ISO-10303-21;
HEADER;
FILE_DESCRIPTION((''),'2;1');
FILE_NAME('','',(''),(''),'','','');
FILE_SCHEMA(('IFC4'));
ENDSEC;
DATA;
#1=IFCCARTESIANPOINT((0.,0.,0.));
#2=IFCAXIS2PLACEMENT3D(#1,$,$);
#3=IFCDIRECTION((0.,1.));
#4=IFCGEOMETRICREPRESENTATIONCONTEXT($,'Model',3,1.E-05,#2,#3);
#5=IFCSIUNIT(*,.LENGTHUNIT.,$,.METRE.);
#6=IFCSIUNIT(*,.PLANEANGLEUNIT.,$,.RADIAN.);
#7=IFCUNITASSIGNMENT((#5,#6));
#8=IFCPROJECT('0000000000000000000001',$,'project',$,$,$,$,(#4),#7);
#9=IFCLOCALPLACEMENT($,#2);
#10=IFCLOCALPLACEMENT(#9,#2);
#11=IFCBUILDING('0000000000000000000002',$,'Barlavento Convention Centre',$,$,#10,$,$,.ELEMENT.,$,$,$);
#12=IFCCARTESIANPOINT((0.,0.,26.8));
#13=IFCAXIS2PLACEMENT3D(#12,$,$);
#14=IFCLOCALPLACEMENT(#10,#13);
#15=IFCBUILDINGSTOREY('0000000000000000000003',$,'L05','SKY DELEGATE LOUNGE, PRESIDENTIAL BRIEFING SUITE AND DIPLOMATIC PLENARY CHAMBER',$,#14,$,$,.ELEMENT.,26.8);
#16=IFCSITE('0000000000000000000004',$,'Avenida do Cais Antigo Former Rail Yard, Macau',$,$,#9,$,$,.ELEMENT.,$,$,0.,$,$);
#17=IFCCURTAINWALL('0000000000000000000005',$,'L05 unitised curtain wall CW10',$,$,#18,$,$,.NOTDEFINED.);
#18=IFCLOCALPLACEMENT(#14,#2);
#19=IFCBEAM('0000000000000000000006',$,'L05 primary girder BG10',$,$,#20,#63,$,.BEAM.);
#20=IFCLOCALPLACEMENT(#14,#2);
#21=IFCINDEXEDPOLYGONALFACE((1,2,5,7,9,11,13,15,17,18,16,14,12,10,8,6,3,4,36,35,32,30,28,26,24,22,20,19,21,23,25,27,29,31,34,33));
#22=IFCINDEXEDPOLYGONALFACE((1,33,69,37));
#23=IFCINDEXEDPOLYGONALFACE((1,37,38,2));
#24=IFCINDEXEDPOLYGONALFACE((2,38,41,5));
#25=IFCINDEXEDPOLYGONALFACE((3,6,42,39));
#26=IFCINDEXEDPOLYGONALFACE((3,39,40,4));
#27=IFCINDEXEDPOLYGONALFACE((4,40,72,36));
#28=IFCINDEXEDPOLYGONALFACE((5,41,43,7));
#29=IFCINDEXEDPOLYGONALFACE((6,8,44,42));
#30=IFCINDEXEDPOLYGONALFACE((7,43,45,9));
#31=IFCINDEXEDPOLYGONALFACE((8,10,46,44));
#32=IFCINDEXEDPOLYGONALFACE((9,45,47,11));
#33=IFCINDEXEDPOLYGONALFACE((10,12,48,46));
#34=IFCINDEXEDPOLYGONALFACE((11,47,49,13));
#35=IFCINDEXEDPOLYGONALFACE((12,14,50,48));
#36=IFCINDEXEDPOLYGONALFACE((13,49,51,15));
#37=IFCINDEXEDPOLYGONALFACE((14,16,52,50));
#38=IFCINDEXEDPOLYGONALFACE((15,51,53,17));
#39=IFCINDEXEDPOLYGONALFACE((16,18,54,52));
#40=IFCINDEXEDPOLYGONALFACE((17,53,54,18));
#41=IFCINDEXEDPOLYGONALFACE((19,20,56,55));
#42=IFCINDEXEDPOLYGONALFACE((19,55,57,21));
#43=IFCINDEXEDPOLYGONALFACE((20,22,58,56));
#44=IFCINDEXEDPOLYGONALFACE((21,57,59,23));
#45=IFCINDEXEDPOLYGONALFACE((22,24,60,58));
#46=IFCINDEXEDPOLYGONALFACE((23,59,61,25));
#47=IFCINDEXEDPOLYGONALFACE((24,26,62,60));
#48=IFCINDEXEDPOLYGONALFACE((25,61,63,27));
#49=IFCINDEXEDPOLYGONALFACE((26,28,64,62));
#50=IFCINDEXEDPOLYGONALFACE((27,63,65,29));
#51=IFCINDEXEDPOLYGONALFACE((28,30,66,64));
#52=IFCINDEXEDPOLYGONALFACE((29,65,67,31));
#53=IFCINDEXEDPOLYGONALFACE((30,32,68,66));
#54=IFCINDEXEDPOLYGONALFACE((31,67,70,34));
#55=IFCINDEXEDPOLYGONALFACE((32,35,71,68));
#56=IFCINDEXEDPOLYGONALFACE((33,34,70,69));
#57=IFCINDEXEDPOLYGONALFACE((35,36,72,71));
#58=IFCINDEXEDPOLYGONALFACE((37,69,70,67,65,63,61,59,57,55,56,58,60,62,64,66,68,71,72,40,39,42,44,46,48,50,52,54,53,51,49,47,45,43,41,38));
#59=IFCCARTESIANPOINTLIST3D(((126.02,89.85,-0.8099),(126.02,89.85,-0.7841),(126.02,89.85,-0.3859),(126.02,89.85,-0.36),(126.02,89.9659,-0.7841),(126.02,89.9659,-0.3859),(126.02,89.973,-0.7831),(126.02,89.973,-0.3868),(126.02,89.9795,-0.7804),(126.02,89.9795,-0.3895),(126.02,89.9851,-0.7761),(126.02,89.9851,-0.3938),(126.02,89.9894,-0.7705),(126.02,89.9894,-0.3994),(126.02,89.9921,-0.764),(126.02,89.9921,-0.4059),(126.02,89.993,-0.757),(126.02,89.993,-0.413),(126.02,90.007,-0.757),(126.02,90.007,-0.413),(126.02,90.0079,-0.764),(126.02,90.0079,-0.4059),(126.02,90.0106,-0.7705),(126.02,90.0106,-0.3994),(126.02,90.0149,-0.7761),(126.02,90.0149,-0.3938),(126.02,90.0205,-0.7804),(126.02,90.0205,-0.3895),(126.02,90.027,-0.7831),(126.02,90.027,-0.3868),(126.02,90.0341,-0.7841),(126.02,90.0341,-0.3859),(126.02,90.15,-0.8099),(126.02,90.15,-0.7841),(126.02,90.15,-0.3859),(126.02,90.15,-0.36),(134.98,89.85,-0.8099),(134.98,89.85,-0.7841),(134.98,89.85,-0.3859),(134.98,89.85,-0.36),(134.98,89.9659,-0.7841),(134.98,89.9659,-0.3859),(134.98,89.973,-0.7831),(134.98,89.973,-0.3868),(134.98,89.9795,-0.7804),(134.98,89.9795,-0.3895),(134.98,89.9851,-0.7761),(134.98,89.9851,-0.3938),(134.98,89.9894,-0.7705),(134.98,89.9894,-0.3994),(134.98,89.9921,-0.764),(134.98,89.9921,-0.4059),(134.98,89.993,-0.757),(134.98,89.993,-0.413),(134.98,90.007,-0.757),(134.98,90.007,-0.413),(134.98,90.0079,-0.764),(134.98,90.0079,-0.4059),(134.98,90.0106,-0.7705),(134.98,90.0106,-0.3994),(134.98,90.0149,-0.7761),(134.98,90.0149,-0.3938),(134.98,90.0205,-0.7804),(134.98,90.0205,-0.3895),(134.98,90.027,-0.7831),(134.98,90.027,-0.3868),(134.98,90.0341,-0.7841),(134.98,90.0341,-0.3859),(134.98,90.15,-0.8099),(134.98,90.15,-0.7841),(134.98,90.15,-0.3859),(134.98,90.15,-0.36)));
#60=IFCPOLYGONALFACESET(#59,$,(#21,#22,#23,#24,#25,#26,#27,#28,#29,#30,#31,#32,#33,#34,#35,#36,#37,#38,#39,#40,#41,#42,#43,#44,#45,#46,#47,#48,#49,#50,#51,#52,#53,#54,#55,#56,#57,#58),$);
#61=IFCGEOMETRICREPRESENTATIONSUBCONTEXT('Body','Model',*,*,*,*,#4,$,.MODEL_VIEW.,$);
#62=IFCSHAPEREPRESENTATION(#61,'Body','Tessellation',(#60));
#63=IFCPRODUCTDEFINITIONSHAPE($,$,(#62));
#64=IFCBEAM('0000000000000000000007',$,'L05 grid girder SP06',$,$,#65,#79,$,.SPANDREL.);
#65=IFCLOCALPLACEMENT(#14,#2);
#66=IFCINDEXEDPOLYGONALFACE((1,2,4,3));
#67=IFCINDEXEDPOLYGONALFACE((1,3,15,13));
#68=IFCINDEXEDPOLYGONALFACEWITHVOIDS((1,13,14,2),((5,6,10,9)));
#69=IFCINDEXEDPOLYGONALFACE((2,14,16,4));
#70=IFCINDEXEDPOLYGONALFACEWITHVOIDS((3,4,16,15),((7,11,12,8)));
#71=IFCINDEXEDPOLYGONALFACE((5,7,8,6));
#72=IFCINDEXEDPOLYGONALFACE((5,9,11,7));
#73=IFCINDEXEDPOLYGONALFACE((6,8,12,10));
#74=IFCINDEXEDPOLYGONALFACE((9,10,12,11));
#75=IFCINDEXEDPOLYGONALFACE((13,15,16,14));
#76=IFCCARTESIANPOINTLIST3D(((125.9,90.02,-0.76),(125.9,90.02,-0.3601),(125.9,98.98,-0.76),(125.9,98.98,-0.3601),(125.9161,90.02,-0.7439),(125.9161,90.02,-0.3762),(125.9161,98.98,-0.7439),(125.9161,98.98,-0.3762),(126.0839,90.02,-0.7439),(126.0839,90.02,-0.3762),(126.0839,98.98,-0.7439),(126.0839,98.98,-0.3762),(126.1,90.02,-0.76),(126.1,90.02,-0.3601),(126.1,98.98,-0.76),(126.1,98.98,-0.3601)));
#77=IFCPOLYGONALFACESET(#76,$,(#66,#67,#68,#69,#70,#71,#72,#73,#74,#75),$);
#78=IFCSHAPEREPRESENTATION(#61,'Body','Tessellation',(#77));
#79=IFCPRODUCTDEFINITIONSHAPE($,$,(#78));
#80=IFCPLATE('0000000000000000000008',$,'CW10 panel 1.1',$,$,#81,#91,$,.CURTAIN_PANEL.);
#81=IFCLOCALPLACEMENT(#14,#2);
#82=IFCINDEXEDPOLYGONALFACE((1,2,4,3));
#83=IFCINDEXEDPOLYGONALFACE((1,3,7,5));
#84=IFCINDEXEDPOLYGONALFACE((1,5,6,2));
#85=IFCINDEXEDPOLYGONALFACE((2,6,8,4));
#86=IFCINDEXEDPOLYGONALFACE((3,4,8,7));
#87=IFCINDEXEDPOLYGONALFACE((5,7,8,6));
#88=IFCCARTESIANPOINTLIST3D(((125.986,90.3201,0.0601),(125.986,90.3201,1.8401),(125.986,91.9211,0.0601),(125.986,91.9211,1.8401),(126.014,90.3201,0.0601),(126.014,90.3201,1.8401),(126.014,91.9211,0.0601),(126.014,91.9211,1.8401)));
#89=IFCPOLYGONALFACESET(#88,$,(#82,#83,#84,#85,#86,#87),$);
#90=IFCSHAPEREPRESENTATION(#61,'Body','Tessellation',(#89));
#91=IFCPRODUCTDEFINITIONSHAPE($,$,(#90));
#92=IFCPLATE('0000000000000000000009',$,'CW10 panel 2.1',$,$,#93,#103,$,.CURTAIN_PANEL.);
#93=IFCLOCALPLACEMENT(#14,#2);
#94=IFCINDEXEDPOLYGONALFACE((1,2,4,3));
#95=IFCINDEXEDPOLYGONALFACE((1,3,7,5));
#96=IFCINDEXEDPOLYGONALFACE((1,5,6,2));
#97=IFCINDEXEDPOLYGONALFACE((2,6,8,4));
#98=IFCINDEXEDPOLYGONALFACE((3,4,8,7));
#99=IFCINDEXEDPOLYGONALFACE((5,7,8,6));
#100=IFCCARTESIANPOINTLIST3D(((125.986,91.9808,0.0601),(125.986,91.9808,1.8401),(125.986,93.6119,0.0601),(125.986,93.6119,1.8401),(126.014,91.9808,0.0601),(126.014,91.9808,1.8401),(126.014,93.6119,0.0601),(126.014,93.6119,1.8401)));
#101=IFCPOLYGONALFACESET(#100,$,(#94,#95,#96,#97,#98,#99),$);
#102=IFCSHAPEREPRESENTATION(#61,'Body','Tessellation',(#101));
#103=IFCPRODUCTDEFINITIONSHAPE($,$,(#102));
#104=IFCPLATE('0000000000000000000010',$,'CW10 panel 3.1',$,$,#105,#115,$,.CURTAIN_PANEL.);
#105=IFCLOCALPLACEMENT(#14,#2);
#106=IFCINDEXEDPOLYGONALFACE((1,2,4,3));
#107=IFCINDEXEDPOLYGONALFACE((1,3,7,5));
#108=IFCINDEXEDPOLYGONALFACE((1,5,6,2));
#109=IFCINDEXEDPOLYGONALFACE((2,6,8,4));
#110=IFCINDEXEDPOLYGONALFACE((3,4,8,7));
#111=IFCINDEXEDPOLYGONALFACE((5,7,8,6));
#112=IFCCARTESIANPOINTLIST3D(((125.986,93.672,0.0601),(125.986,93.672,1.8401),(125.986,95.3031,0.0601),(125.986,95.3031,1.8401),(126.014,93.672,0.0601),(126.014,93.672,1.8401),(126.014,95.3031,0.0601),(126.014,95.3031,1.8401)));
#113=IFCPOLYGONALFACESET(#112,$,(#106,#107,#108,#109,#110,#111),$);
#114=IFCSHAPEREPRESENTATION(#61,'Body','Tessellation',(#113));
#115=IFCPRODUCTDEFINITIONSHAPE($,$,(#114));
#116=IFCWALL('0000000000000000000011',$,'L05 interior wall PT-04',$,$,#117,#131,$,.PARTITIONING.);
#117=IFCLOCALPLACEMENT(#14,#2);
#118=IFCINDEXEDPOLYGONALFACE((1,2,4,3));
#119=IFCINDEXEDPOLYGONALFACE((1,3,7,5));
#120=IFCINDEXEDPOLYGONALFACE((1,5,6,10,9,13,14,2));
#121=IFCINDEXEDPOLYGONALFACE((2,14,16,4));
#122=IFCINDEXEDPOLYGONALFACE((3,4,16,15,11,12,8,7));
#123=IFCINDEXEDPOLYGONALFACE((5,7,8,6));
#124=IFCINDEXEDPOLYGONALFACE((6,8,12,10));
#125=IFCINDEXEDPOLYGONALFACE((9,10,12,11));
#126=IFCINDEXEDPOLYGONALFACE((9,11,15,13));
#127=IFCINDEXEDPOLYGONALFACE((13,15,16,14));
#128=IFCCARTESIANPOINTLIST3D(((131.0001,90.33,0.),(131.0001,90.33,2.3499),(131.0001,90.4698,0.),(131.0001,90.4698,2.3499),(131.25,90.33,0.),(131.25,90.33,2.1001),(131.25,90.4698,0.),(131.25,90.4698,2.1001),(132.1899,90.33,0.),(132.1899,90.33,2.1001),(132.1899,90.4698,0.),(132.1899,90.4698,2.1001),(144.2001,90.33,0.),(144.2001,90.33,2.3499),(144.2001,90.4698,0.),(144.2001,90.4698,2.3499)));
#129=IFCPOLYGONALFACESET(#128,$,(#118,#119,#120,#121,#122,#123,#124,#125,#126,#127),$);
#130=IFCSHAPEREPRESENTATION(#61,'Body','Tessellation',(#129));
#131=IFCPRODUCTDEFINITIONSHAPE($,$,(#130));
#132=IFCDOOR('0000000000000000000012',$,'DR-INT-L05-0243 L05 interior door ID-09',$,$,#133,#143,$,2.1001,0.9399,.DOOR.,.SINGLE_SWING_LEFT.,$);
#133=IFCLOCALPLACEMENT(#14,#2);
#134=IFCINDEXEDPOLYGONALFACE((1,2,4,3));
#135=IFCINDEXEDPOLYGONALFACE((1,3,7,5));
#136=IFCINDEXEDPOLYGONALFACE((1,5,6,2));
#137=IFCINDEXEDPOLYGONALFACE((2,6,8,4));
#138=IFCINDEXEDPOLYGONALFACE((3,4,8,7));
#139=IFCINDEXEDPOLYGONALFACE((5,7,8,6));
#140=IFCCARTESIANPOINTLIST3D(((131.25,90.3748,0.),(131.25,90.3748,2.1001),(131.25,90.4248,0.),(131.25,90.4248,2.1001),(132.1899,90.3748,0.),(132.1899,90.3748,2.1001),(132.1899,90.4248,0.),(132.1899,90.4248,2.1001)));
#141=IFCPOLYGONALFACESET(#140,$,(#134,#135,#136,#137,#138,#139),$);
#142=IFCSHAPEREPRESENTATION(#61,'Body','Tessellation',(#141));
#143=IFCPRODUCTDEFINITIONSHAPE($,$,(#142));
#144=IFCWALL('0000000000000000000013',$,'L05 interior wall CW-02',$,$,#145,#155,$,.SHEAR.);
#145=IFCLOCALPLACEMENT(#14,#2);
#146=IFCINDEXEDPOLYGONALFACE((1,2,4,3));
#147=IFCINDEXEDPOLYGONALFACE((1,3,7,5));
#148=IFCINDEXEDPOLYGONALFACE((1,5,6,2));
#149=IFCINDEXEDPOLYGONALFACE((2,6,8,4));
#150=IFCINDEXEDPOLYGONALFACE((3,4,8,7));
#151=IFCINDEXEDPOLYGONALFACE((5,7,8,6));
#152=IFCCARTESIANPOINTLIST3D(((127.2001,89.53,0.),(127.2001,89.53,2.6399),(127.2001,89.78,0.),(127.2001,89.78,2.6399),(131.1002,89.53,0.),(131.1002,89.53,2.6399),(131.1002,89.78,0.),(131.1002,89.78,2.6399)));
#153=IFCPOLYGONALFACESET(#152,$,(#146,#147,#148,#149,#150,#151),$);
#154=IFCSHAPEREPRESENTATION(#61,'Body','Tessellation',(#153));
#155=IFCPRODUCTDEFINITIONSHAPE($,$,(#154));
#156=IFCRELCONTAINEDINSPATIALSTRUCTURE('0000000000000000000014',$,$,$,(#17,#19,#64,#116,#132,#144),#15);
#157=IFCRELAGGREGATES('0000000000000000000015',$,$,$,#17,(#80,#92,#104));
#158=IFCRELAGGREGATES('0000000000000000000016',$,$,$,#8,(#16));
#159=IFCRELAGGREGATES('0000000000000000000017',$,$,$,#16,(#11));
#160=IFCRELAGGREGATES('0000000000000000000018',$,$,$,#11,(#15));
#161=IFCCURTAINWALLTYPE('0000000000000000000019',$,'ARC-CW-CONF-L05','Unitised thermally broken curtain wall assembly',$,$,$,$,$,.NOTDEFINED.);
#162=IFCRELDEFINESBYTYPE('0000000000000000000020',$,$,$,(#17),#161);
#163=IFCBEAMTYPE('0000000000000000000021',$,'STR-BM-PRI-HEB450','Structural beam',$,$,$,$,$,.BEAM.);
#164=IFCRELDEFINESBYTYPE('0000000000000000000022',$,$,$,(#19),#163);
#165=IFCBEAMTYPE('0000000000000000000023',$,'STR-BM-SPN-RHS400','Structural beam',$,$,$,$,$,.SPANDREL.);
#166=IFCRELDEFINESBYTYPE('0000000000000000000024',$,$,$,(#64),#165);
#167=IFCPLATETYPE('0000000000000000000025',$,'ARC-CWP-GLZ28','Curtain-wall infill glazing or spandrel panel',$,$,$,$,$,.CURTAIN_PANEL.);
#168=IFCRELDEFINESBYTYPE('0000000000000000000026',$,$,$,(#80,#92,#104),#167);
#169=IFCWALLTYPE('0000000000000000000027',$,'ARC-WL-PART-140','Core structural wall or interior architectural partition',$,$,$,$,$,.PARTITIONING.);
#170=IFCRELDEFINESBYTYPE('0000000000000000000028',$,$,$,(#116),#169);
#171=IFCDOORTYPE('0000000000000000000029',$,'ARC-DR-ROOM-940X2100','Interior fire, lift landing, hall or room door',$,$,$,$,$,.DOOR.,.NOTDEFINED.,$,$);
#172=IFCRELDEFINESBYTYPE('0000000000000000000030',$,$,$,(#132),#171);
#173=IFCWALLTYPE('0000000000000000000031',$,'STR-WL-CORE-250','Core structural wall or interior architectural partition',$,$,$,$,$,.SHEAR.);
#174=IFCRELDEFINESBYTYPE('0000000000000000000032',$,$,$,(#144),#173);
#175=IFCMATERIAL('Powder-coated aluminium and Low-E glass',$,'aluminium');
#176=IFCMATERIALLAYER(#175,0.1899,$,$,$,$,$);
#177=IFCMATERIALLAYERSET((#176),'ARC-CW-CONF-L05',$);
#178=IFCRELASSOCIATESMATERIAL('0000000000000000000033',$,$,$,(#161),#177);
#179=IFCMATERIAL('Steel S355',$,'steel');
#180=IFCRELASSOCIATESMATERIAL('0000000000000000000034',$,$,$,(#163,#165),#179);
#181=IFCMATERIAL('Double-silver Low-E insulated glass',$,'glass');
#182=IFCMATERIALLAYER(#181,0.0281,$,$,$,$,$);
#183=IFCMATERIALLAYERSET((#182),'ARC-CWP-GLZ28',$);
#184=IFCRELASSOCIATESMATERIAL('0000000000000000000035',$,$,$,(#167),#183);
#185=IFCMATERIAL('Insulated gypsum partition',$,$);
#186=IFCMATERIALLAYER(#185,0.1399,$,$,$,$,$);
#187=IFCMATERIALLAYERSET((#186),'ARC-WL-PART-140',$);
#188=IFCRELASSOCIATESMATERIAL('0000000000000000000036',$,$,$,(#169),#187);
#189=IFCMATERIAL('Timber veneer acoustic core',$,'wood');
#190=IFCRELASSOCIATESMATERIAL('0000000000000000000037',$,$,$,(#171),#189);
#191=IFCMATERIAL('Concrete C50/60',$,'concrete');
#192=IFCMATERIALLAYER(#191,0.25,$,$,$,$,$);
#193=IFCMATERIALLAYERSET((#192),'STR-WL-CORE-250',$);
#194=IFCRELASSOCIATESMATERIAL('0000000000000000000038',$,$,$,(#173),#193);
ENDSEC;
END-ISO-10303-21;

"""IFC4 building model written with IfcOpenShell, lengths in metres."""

from ifc_helpers import new_model, si_unit, direction, frame, frame_2d, origin, origin_2d, place, context, subcontext, project, spatial, rectangle, hollow_rectangle, i_section, extrude, material, layer, layer_set, material_profile, profile_set, type_object, element, fill, aggregate, save


model = new_model("IFC4")

# Units and contexts
model_context = context("Model", 3, precision=1e-05, world=origin(), true_north=direction((0.0, 1.0)))
body_context = subcontext(model_context, "Body", "Model", "MODEL_VIEW")
ifc_project = project(units=[si_unit("LENGTHUNIT", "METRE"), si_unit("PLANEANGLEUNIT", "RADIAN")], contexts=[model_context])

# Site, building, storey
site_placement = place(None, origin())
site = spatial("IfcSite", under=ifc_project, at=site_placement, Name="Avenida do Cais Antigo Former Rail Yard, Macau", CompositionType="ELEMENT", RefElevation=0.0)
building_placement = place(site_placement, origin())
building = spatial("IfcBuilding", under=site, at=building_placement, Name="Barlavento Convention Centre", CompositionType="ELEMENT")
storey_placement = place(building_placement, frame((0.0, 0.0, 26.8)))
storey = spatial("IfcBuildingStorey", under=building, at=storey_placement, Name="L05", Description="SKY DELEGATE LOUNGE, PRESIDENTIAL BRIEFING SUITE AND DIPLOMATIC PLENARY CHAMBER", CompositionType="ELEMENT", Elevation=26.8)

# Shared definitions
ifc_material_1 = material(Name="Steel S355", Category="steel")

# Curtain wall
ifc_material_2 = material(Name="Powder-coated aluminium and Low-E glass", Category="aluminium")
ifc_layer_1 = layer(ifc_material_2, 0.1899)
ifc_layer_set_1 = layer_set([ifc_layer_1], Name="ARC-CW-CONF-L05")
curtain_wall_type = type_object("IfcCurtainWallType", Name="ARC-CW-CONF-L05", Description="Unitised thermally broken curtain wall assembly", PredefinedType="NOTDEFINED", material=ifc_layer_set_1)
curtain_wall_placement = place(storey_placement, origin())
curtain_wall = element("IfcCurtainWall", 1, at=curtain_wall_placement, inside=storey, type_object=curtain_wall_type, Name="L05 unitised curtain wall CW10", PredefinedType="NOTDEFINED")

# Beams
ifc_material_profile_1 = material_profile(ifc_material_1, i_section(OverallWidth=0.3, OverallDepth=0.45, WebThickness=0.0139, FlangeThickness=0.0259, FilletRadius=0.0271, at=origin_2d()), Name="HEB 450")
ifc_profile_set_1 = profile_set([ifc_material_profile_1], Name="Steel S355")
beam_type_1 = type_object("IfcBeamType", Name="STR-BM-PRI-HEB450", Description="Structural beam", PredefinedType="BEAM", material=ifc_profile_set_1)
beam_1_placement = place(storey_placement, frame((126.02, 90.0, -0.585), z_axis=(1.0, 0.0, 0.0), x_axis=(0.0, 1.0, 0.0)))
element("IfcBeam", 2, at=beam_1_placement, inside=storey, type_object=beam_type_1, Name="L05 primary girder BG10", PredefinedType="BEAM", context=body_context, shape_type="SweptSolid", body=[
    extrude(i_section(OverallWidth=0.3, OverallDepth=0.45, WebThickness=0.0139, FlangeThickness=0.0259, FilletRadius=0.0271, at=origin_2d()), origin(), (0.0, 0.0, 1.0), 8.96),
])
ifc_material_profile_2 = material_profile(ifc_material_1, hollow_rectangle(XDim=0.2, YDim=0.3999, WallThickness=0.0161, at=origin_2d()), Name="RHS 400x200x16.0")
ifc_profile_set_2 = profile_set([ifc_material_profile_2], Name="Steel S355")
beam_type_2 = type_object("IfcBeamType", Name="STR-BM-SPN-RHS400", Description="Structural beam", PredefinedType="SPANDREL", material=ifc_profile_set_2)
beam_2_placement = place(storey_placement, frame((126.0, 90.02, -0.5601), z_axis=(0.0, 1.0, 0.0), x_axis=(-1.0, 0.0, 0.0)))
element("IfcBeam", 3, at=beam_2_placement, inside=storey, type_object=beam_type_2, Name="L05 grid girder SP06", PredefinedType="SPANDREL", context=body_context, shape_type="SweptSolid", body=[
    extrude(hollow_rectangle(XDim=0.2, YDim=0.3999, WallThickness=0.0161, at=origin_2d()), origin(), (0.0, 0.0, 1.0), 8.96),
])

# Plates
ifc_material_3 = material(Name="Double-silver Low-E insulated glass", Category="glass")
ifc_layer_2 = layer(ifc_material_3, 0.0281)
ifc_layer_set_2 = layer_set([ifc_layer_2], Name="ARC-CWP-GLZ28")
plate_type = type_object("IfcPlateType", Name="ARC-CWP-GLZ28", Description="Curtain-wall infill glazing or spandrel panel", PredefinedType="CURTAIN_PANEL", material=ifc_layer_set_2)
plate_1_placement = place(storey_placement, frame((126.0, 91.1206, 0.0601), z_axis=(0.0, 0.0, 1.0), x_axis=(0.0, 1.0, 0.0)))
plate_1 = element("IfcPlate", 4, at=plate_1_placement, type_object=plate_type, Name="CW10 panel 1.1", PredefinedType="CURTAIN_PANEL", context=body_context, shape_type="SweptSolid", body=[
    extrude(rectangle(XDim=1.6011, YDim=0.0281, at=origin_2d()), origin(), (0.0, 0.0, 1.0), 1.78),
])
plate_2_placement = place(storey_placement, frame((126.0, 92.7964, 0.0601), z_axis=(0.0, 0.0, 1.0), x_axis=(0.0, 1.0, 0.0)))
plate_2 = element("IfcPlate", 5, at=plate_2_placement, type_object=plate_type, Name="CW10 panel 2.1", PredefinedType="CURTAIN_PANEL", context=body_context, shape_type="SweptSolid", body=[
    extrude(rectangle(XDim=1.6311, YDim=0.0281, at=origin_2d()), origin(), (0.0, 0.0, 1.0), 1.78),
])
plate_3_placement = place(storey_placement, frame((126.0, 94.4875, 0.0601), z_axis=(0.0, 0.0, 1.0), x_axis=(0.0, 1.0, 0.0)))
plate_3 = element("IfcPlate", 6, at=plate_3_placement, type_object=plate_type, Name="CW10 panel 3.1", PredefinedType="CURTAIN_PANEL", context=body_context, shape_type="SweptSolid", body=[
    extrude(rectangle(XDim=1.6311, YDim=0.0281, at=origin_2d()), origin(), (0.0, 0.0, 1.0), 1.78),
])
aggregate(curtain_wall, [plate_1, plate_2, plate_3])

# Wall, opening, door
ifc_material_4 = material(Name="Insulated gypsum partition")
ifc_layer_3 = layer(ifc_material_4, 0.1399)
ifc_layer_set_3 = layer_set([ifc_layer_3], Name="ARC-WL-PART-140")
wall_type_1 = type_object("IfcWallType", Name="ARC-WL-PART-140", Description="Core structural wall or interior architectural partition", PredefinedType="PARTITIONING", material=ifc_layer_set_3)
wall_1_placement = place(storey_placement, frame((131.0, 90.3999, 0.0), z_axis=(0.0, 0.0, 1.0), x_axis=(1.0, 0.0, 0.0)))
wall_1 = element("IfcWall", 7, at=wall_1_placement, inside=storey, type_object=wall_type_1, Name="L05 interior wall PT-04", PredefinedType="PARTITIONING", context=body_context, shape_type="SweptSolid", body=[
    extrude(rectangle(XDim=13.2, YDim=0.1399, at=frame_2d((6.6001, 0.0))), origin(), (0.0, 0.0, 1.0), 2.3499),
])
opening_placement = place(wall_1_placement, frame((0.25, 0.0, 0.0)))
opening = element("IfcOpeningElement", 8, at=opening_placement, cuts=wall_1, PredefinedType="OPENING", context=body_context, shape_type="SweptSolid", body=[
    extrude(rectangle(XDim=0.9399, YDim=2.1001, at=frame_2d((0.47, 1.05))), frame((0.0, 0.0798, 0.0), z_axis=(0.0, -1.0, 0.0), x_axis=(1.0, 0.0, 0.0)), (0.0, 0.0, 1.0), 0.1599),
])
ifc_material_5 = material(Name="Timber veneer acoustic core", Category="wood")
door_type = type_object("IfcDoorType", Name="ARC-DR-ROOM-940X2100", Description="Interior fire, lift landing, hall or room door", OperationType="NOTDEFINED", PredefinedType="DOOR", material=ifc_material_5)
door_placement = place(opening_placement, origin())
door = element("IfcDoor", 9, at=door_placement, inside=storey, type_object=door_type, Name="DR-INT-L05-0243 L05 interior door ID-09", OperationType="SINGLE_SWING_LEFT", OverallHeight=2.1001, OverallWidth=0.9399, PredefinedType="DOOR", context=body_context, shape_type="SweptSolid", body=[
    extrude(rectangle(XDim=0.9399, YDim=2.1001, at=frame_2d((0.47, 1.05))), frame((0.0, 0.0249, 0.0), z_axis=(0.0, -1.0, 0.0), x_axis=(1.0, 0.0, 0.0)), (0.0, 0.0, 1.0), 0.05),
])
fill(opening, door)

# Wall
ifc_material_6 = material(Name="Concrete C50/60", Category="concrete")
ifc_layer_4 = layer(ifc_material_6, 0.25)
ifc_layer_set_4 = layer_set([ifc_layer_4], Name="STR-WL-CORE-250")
wall_type_2 = type_object("IfcWallType", Name="STR-WL-CORE-250", Description="Core structural wall or interior architectural partition", PredefinedType="SHEAR", material=ifc_layer_set_4)
wall_2_placement = place(storey_placement, frame((127.2, 89.655, 0.0), z_axis=(0.0, 0.0, 1.0), x_axis=(1.0, 0.0, 0.0)))
element("IfcWall", 10, at=wall_2_placement, inside=storey, type_object=wall_type_2, Name="L05 interior wall CW-02", PredefinedType="SHEAR", context=body_context, shape_type="SweptSolid", body=[
    extrude(rectangle(XDim=3.9001, YDim=0.25, at=frame_2d((1.9502, 0.0))), origin(), (0.0, 0.0, 1.0), 2.6399),
])

save(model, "model.ifc")
